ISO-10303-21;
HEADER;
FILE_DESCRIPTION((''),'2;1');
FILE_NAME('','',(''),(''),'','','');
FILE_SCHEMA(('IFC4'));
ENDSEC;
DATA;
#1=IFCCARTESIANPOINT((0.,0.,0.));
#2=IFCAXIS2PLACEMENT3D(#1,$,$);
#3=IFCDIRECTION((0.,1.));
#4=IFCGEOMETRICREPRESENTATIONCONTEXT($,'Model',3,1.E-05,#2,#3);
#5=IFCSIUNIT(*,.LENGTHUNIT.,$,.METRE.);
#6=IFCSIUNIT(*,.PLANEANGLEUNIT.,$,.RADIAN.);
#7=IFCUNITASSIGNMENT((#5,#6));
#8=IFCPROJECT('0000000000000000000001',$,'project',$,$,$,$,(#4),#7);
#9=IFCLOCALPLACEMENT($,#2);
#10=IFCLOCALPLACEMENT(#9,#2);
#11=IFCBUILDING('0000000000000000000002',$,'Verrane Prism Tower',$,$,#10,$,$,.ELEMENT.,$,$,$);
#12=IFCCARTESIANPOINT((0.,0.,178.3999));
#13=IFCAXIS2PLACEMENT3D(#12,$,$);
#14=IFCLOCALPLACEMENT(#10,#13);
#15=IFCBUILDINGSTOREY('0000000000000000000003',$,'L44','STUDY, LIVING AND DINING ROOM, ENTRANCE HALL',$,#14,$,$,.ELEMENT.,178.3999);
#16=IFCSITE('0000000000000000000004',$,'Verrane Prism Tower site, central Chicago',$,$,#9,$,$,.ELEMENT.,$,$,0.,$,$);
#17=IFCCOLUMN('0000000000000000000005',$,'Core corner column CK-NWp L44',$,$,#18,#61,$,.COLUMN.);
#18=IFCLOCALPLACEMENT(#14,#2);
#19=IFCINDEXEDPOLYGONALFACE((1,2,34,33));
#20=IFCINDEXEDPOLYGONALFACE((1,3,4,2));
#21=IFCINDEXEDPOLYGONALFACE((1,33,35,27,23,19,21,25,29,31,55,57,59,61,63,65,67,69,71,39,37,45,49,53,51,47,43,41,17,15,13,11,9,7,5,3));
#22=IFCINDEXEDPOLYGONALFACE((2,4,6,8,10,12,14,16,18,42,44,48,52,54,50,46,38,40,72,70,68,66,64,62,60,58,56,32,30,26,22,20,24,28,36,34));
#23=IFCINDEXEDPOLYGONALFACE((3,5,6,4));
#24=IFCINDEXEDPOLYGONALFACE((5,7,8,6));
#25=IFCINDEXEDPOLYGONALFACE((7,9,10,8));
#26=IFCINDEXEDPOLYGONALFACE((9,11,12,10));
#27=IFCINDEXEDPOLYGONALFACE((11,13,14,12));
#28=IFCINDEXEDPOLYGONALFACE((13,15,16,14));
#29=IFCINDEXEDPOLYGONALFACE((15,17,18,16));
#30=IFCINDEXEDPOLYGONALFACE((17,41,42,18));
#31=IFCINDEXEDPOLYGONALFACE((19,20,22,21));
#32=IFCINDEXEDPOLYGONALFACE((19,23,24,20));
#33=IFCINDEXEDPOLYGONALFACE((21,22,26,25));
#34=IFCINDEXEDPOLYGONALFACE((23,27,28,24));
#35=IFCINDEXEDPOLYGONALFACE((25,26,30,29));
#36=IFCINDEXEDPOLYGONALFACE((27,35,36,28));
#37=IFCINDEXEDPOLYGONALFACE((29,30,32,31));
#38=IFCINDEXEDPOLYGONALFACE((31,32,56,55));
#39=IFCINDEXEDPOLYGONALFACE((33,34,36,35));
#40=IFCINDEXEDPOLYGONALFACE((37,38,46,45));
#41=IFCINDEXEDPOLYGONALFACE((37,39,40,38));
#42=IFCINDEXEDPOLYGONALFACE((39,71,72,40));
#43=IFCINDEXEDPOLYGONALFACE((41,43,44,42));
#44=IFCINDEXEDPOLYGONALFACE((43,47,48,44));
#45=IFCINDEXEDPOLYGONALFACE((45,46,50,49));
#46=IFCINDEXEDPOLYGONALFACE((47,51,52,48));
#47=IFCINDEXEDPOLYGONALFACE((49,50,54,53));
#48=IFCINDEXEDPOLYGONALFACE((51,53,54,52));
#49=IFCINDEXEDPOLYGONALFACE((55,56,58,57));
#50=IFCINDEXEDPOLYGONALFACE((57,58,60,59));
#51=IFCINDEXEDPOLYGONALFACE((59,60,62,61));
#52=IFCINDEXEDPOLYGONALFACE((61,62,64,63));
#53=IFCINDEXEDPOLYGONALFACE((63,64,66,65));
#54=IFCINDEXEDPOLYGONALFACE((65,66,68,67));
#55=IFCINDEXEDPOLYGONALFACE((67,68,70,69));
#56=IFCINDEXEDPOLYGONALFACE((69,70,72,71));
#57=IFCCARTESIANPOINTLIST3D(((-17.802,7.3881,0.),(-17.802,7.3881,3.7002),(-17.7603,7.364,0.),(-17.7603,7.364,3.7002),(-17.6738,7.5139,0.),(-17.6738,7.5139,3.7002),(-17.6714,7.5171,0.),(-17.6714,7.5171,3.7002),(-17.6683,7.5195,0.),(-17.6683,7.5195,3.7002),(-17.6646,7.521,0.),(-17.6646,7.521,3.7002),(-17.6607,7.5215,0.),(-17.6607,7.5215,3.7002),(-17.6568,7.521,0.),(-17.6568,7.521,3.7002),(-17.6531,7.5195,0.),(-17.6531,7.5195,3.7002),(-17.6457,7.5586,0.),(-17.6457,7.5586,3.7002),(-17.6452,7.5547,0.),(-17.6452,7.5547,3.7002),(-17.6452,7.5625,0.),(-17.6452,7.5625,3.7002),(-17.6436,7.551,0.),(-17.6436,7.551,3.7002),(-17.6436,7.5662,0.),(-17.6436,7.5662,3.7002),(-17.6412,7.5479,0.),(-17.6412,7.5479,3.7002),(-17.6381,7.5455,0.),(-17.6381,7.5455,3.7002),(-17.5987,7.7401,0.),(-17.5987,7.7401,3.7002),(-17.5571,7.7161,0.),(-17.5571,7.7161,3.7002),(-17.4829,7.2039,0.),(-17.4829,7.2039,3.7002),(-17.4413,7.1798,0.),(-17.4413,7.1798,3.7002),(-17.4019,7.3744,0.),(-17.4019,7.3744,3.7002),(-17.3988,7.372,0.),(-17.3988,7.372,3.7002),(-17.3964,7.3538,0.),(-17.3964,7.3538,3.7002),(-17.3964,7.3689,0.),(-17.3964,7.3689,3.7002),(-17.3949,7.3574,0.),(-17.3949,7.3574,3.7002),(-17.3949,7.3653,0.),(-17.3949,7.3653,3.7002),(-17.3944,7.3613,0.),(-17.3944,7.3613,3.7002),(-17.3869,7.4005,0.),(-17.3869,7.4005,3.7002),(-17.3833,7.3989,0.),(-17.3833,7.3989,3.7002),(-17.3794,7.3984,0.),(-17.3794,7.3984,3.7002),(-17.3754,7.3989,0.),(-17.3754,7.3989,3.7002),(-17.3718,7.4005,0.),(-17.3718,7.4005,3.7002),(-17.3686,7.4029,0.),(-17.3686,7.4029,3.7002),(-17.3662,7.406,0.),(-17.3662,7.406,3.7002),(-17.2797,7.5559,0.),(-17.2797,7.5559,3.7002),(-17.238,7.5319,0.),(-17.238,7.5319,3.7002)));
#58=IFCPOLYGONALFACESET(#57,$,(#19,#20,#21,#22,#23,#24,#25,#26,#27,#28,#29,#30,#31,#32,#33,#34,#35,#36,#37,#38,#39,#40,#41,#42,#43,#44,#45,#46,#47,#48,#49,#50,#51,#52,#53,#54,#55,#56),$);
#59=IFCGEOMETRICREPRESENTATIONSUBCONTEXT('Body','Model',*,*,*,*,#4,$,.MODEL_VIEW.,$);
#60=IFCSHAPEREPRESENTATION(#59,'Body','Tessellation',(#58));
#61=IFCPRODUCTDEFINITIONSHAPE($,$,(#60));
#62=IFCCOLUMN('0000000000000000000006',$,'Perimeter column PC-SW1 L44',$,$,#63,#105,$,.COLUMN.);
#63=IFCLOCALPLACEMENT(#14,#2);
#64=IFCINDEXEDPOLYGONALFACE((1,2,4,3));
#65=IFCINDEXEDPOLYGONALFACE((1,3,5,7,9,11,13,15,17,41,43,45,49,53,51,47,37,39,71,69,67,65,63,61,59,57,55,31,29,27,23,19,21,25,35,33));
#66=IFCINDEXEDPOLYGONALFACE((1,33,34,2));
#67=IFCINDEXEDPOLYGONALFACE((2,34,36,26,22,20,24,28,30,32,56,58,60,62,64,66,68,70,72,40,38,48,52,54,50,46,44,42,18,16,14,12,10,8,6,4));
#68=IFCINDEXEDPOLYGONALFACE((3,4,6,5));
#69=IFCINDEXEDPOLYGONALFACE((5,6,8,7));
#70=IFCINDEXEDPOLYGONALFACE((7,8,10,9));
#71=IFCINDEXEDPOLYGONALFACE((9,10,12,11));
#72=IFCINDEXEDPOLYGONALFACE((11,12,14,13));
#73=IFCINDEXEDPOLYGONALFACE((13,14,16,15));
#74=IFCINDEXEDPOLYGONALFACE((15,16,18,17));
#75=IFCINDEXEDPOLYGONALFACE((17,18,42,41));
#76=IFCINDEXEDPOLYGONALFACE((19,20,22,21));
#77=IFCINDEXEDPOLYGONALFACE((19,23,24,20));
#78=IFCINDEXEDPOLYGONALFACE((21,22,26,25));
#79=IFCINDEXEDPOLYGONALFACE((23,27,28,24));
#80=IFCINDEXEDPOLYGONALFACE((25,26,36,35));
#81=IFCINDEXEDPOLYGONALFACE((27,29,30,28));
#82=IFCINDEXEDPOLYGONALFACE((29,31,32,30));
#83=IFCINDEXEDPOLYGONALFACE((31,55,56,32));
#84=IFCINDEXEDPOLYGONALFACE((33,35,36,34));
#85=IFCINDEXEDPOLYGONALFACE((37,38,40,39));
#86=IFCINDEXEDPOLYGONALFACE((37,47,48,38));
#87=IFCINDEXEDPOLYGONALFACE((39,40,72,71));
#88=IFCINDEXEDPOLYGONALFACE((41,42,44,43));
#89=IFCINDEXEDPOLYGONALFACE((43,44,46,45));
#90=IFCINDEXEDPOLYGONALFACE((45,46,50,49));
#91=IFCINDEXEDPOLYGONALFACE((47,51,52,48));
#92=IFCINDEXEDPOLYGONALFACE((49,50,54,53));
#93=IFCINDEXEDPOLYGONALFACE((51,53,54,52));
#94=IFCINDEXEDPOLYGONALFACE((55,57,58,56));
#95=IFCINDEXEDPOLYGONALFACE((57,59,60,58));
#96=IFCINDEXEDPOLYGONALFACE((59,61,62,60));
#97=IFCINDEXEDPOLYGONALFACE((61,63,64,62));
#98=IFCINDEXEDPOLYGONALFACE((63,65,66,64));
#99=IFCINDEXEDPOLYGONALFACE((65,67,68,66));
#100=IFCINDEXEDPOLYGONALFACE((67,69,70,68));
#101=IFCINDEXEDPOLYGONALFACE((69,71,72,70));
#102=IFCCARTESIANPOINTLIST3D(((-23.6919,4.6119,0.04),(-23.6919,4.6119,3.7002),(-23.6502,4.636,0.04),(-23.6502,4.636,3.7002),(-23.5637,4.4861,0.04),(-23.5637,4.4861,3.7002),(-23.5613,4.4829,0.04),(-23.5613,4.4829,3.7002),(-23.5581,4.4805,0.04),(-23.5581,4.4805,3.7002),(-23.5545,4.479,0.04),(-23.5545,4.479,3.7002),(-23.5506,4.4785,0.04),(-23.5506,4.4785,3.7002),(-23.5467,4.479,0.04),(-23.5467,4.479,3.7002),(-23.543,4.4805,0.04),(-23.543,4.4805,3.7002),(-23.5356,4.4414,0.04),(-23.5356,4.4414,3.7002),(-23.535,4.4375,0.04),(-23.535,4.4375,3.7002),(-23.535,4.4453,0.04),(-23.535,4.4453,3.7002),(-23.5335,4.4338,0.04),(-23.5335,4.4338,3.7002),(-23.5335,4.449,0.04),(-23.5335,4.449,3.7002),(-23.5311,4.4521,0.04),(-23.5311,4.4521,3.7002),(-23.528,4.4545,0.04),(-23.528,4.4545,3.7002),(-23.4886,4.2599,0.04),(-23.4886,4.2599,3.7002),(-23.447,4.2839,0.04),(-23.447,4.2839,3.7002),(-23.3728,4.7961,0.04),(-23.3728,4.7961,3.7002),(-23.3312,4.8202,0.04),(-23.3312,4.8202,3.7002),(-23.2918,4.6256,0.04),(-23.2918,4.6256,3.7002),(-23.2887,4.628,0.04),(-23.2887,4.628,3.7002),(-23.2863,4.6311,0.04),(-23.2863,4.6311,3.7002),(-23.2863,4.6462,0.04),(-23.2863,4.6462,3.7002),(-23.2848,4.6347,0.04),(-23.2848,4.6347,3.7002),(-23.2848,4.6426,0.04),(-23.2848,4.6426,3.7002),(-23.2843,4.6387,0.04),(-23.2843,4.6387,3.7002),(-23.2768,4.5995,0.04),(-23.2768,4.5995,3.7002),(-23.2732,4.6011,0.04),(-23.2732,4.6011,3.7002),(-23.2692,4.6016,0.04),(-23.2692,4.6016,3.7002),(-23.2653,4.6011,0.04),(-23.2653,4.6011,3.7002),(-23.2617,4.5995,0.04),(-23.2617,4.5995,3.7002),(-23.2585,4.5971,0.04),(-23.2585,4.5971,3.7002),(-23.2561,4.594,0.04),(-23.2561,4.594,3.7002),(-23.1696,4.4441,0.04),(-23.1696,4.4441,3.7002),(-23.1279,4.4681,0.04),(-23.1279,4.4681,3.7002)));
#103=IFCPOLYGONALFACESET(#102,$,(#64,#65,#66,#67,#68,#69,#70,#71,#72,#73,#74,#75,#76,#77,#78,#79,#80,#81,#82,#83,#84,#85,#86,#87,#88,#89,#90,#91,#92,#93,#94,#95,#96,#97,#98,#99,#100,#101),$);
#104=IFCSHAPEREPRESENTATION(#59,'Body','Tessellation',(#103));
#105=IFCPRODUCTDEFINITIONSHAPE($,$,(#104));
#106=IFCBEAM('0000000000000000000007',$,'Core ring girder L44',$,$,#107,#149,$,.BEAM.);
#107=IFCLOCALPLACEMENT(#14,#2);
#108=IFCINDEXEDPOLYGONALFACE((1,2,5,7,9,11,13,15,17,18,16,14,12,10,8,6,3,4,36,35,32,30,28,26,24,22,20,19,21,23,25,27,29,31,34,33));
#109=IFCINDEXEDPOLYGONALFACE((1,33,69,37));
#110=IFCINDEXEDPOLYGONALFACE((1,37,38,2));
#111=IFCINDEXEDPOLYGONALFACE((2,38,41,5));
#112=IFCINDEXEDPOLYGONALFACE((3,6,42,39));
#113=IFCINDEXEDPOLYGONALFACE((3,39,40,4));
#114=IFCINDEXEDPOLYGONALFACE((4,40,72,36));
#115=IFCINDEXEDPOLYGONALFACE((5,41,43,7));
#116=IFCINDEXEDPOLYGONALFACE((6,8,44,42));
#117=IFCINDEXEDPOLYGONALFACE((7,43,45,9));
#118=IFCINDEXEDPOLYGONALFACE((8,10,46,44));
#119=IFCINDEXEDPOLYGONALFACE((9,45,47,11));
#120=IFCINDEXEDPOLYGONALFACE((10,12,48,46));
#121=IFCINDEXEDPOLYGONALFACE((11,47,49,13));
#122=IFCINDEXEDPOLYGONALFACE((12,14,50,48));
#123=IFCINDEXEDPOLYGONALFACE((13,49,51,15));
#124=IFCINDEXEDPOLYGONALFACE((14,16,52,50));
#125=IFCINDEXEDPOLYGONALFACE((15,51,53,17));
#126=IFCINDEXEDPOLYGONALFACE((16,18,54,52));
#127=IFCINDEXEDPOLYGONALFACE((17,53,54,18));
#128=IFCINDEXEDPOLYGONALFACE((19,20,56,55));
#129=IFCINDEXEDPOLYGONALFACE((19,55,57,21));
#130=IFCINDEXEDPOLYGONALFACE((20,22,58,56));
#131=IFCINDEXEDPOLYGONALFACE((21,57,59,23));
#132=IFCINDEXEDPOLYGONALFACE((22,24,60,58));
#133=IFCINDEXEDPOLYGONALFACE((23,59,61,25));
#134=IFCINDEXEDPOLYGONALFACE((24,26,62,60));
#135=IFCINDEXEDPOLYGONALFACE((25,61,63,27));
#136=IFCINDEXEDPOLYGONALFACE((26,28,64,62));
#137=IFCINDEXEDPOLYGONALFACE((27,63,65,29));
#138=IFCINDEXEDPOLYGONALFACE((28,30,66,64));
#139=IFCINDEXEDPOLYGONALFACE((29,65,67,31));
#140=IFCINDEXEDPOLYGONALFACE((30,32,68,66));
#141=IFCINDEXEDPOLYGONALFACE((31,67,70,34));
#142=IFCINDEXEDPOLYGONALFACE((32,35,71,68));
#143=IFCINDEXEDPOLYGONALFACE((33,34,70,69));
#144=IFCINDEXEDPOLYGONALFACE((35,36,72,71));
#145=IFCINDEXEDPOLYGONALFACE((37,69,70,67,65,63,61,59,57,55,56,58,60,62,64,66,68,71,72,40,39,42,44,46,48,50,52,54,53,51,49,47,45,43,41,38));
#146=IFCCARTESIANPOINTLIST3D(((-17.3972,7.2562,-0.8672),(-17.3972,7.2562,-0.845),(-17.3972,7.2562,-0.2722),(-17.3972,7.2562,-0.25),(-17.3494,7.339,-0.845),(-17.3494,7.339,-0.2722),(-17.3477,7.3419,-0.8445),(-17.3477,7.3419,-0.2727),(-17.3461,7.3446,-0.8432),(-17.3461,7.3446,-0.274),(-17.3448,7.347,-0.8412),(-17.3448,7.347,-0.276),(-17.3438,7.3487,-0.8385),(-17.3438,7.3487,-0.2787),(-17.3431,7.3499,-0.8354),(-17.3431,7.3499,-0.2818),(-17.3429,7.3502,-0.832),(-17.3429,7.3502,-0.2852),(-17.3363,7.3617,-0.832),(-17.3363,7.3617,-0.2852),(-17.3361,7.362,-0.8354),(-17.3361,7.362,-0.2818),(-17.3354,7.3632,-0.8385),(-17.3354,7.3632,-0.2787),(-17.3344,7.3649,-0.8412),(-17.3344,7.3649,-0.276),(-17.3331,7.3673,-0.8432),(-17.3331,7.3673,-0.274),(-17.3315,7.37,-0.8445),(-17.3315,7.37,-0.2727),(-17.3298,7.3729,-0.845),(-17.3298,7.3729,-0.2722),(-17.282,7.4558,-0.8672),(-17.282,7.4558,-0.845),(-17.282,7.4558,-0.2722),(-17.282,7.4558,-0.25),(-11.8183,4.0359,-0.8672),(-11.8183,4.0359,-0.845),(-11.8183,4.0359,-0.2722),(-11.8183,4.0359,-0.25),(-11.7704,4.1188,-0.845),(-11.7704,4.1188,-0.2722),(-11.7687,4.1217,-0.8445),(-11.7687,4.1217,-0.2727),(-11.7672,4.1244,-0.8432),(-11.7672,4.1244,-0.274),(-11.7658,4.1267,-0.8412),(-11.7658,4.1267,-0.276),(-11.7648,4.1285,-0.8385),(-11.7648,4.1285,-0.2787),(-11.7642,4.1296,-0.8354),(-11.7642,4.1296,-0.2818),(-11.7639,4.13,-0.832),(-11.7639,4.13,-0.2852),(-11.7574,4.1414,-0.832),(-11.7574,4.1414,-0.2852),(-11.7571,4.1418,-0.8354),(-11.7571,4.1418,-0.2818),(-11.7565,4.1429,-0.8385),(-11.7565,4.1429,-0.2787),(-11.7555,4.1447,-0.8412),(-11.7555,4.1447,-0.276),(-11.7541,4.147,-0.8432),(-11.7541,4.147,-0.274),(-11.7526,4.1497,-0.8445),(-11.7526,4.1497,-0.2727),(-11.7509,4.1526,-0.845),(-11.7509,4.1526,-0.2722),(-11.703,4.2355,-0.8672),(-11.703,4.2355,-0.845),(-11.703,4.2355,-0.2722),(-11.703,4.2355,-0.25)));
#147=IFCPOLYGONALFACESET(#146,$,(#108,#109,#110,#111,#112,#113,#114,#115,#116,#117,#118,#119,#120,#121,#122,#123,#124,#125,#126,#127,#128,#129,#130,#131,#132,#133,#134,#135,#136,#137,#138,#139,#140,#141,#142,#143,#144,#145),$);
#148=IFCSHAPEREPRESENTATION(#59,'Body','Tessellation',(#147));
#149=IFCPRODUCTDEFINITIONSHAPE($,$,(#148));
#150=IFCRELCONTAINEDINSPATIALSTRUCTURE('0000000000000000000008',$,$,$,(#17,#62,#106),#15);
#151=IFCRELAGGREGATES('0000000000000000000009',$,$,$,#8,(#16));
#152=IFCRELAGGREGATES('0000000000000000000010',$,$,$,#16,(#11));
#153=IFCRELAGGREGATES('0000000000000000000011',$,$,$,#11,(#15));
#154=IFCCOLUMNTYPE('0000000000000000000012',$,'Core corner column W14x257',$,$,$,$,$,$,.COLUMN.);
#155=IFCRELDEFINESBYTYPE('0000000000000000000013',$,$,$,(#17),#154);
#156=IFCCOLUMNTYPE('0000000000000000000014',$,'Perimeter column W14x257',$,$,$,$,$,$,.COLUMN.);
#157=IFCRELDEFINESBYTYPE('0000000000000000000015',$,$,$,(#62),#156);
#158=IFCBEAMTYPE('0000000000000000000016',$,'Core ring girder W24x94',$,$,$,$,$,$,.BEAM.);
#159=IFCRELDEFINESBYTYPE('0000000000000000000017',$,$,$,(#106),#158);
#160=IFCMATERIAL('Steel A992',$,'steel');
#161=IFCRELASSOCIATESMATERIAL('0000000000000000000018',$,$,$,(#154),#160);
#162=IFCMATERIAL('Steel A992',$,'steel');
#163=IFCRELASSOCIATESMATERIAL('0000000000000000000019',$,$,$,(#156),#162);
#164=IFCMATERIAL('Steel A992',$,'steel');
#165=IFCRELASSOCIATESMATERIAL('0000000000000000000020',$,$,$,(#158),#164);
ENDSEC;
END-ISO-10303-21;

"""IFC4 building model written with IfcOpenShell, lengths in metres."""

from ifc_helpers import new_model, si_unit, direction, frame, origin, origin_2d, place, context, subcontext, project, spatial, i_section, extrude, material, material_profile, profile_set, type_object, element, save


model = new_model("IFC4")

# Units and contexts
model_context = context("Model", 3, precision=1e-05, world=origin(), true_north=direction((0.0, 1.0)))
body_context = subcontext(model_context, "Body", "Model", "MODEL_VIEW")
ifc_project = project(units=[si_unit("LENGTHUNIT", "METRE"), si_unit("PLANEANGLEUNIT", "RADIAN")], contexts=[model_context])

# Site, building, storey
site_placement = place(None, origin())
site = spatial("IfcSite", under=ifc_project, at=site_placement, Name="Verrane Prism Tower site, central Chicago", CompositionType="ELEMENT", RefElevation=0.0)
building_placement = place(site_placement, origin())
building = spatial("IfcBuilding", under=site, at=building_placement, Name="Verrane Prism Tower", CompositionType="ELEMENT")
storey_placement = place(building_placement, frame((0.0, 0.0, 178.3999)))
storey = spatial("IfcBuildingStorey", under=building, at=storey_placement, Name="L44", Description="STUDY, LIVING AND DINING ROOM, ENTRANCE HALL", CompositionType="ELEMENT", Elevation=178.3999)

# Columns
ifc_material_1 = material(Name="Steel A992", Category="steel")
ifc_material_profile_1 = material_profile(ifc_material_1, i_section(OverallWidth=0.4065, OverallDepth=0.4165, WebThickness=0.03, FlangeThickness=0.0481, FilletRadius=0.0151, at=origin_2d()), Name="W14x257")
ifc_profile_set_1 = profile_set([ifc_material_profile_1], Name="Steel A992")
column_type_1 = type_object("IfcColumnType", Name="Core corner column W14x257", PredefinedType="COLUMN", material=ifc_profile_set_1)
column_1_placement = place(storey_placement, frame((-17.52, 7.46, 0.0), z_axis=(0.0, 0.0, 1.0), x_axis=(0.5, 0.866025, 0.0)))
element("IfcColumn", 1, at=column_1_placement, inside=storey, type_object=column_type_1, Name="Core corner column CK-NWp L44", PredefinedType="COLUMN", context=body_context, shape_type="SweptSolid", body=[
    extrude(i_section(OverallWidth=0.4065, OverallDepth=0.4165, WebThickness=0.03, FlangeThickness=0.0481, FilletRadius=0.0151, at=origin_2d()), origin(), (0.0, 0.0, 1.0), 3.7002),
])
ifc_material_2 = material(Name="Steel A992", Category="steel")
ifc_material_profile_2 = material_profile(ifc_material_2, i_section(OverallWidth=0.4065, OverallDepth=0.4165, WebThickness=0.03, FlangeThickness=0.0481, FilletRadius=0.0151, at=origin_2d()), Name="W14x257")
ifc_profile_set_2 = profile_set([ifc_material_profile_2], Name="Steel A992")
column_type_2 = type_object("IfcColumnType", Name="Perimeter column W14x257", PredefinedType="COLUMN", material=ifc_profile_set_2)
column_2_placement = place(storey_placement, frame((-23.4099, 4.54, 0.04), z_axis=(0.0, 0.0, 1.0), x_axis=(-0.5, 0.866025, 0.0)))
element("IfcColumn", 2, at=column_2_placement, inside=storey, type_object=column_type_2, Name="Perimeter column PC-SW1 L44", PredefinedType="COLUMN", context=body_context, shape_type="SweptSolid", body=[
    extrude(i_section(OverallWidth=0.4065, OverallDepth=0.4165, WebThickness=0.03, FlangeThickness=0.0481, FilletRadius=0.0151, at=origin_2d()), origin(), (0.0, 0.0, 1.0), 3.6602),
])

# Beam
ifc_material_3 = material(Name="Steel A992", Category="steel")
ifc_material_profile_3 = material_profile(ifc_material_3, i_section(OverallWidth=0.2305, OverallDepth=0.6172, WebThickness=0.0132, FlangeThickness=0.0222, FilletRadius=0.0129, at=origin_2d()), Name="W24x94")
ifc_profile_set_3 = profile_set([ifc_material_profile_3], Name="Steel A992")
beam_type_1 = type_object("IfcBeamType", Name="Core ring girder W24x94", PredefinedType="BEAM", material=ifc_profile_set_3)
beam_1_placement = place(storey_placement, frame((-17.3396, 7.356, -0.5586), z_axis=(0.866075, -0.499914, 0.0), x_axis=(0.499914, 0.866075, 0.0)))
element("IfcBeam", 3, at=beam_1_placement, inside=storey, type_object=beam_type_1, Name="Core ring girder L44", PredefinedType="BEAM", context=body_context, shape_type="SweptSolid", body=[
    extrude(i_section(OverallWidth=0.2305, OverallDepth=0.6172, WebThickness=0.0132, FlangeThickness=0.0222, FilletRadius=0.0129, at=origin_2d()), origin(), (0.0, 0.0, 1.0), 6.4417),
])

save(model, "model.ifc")
